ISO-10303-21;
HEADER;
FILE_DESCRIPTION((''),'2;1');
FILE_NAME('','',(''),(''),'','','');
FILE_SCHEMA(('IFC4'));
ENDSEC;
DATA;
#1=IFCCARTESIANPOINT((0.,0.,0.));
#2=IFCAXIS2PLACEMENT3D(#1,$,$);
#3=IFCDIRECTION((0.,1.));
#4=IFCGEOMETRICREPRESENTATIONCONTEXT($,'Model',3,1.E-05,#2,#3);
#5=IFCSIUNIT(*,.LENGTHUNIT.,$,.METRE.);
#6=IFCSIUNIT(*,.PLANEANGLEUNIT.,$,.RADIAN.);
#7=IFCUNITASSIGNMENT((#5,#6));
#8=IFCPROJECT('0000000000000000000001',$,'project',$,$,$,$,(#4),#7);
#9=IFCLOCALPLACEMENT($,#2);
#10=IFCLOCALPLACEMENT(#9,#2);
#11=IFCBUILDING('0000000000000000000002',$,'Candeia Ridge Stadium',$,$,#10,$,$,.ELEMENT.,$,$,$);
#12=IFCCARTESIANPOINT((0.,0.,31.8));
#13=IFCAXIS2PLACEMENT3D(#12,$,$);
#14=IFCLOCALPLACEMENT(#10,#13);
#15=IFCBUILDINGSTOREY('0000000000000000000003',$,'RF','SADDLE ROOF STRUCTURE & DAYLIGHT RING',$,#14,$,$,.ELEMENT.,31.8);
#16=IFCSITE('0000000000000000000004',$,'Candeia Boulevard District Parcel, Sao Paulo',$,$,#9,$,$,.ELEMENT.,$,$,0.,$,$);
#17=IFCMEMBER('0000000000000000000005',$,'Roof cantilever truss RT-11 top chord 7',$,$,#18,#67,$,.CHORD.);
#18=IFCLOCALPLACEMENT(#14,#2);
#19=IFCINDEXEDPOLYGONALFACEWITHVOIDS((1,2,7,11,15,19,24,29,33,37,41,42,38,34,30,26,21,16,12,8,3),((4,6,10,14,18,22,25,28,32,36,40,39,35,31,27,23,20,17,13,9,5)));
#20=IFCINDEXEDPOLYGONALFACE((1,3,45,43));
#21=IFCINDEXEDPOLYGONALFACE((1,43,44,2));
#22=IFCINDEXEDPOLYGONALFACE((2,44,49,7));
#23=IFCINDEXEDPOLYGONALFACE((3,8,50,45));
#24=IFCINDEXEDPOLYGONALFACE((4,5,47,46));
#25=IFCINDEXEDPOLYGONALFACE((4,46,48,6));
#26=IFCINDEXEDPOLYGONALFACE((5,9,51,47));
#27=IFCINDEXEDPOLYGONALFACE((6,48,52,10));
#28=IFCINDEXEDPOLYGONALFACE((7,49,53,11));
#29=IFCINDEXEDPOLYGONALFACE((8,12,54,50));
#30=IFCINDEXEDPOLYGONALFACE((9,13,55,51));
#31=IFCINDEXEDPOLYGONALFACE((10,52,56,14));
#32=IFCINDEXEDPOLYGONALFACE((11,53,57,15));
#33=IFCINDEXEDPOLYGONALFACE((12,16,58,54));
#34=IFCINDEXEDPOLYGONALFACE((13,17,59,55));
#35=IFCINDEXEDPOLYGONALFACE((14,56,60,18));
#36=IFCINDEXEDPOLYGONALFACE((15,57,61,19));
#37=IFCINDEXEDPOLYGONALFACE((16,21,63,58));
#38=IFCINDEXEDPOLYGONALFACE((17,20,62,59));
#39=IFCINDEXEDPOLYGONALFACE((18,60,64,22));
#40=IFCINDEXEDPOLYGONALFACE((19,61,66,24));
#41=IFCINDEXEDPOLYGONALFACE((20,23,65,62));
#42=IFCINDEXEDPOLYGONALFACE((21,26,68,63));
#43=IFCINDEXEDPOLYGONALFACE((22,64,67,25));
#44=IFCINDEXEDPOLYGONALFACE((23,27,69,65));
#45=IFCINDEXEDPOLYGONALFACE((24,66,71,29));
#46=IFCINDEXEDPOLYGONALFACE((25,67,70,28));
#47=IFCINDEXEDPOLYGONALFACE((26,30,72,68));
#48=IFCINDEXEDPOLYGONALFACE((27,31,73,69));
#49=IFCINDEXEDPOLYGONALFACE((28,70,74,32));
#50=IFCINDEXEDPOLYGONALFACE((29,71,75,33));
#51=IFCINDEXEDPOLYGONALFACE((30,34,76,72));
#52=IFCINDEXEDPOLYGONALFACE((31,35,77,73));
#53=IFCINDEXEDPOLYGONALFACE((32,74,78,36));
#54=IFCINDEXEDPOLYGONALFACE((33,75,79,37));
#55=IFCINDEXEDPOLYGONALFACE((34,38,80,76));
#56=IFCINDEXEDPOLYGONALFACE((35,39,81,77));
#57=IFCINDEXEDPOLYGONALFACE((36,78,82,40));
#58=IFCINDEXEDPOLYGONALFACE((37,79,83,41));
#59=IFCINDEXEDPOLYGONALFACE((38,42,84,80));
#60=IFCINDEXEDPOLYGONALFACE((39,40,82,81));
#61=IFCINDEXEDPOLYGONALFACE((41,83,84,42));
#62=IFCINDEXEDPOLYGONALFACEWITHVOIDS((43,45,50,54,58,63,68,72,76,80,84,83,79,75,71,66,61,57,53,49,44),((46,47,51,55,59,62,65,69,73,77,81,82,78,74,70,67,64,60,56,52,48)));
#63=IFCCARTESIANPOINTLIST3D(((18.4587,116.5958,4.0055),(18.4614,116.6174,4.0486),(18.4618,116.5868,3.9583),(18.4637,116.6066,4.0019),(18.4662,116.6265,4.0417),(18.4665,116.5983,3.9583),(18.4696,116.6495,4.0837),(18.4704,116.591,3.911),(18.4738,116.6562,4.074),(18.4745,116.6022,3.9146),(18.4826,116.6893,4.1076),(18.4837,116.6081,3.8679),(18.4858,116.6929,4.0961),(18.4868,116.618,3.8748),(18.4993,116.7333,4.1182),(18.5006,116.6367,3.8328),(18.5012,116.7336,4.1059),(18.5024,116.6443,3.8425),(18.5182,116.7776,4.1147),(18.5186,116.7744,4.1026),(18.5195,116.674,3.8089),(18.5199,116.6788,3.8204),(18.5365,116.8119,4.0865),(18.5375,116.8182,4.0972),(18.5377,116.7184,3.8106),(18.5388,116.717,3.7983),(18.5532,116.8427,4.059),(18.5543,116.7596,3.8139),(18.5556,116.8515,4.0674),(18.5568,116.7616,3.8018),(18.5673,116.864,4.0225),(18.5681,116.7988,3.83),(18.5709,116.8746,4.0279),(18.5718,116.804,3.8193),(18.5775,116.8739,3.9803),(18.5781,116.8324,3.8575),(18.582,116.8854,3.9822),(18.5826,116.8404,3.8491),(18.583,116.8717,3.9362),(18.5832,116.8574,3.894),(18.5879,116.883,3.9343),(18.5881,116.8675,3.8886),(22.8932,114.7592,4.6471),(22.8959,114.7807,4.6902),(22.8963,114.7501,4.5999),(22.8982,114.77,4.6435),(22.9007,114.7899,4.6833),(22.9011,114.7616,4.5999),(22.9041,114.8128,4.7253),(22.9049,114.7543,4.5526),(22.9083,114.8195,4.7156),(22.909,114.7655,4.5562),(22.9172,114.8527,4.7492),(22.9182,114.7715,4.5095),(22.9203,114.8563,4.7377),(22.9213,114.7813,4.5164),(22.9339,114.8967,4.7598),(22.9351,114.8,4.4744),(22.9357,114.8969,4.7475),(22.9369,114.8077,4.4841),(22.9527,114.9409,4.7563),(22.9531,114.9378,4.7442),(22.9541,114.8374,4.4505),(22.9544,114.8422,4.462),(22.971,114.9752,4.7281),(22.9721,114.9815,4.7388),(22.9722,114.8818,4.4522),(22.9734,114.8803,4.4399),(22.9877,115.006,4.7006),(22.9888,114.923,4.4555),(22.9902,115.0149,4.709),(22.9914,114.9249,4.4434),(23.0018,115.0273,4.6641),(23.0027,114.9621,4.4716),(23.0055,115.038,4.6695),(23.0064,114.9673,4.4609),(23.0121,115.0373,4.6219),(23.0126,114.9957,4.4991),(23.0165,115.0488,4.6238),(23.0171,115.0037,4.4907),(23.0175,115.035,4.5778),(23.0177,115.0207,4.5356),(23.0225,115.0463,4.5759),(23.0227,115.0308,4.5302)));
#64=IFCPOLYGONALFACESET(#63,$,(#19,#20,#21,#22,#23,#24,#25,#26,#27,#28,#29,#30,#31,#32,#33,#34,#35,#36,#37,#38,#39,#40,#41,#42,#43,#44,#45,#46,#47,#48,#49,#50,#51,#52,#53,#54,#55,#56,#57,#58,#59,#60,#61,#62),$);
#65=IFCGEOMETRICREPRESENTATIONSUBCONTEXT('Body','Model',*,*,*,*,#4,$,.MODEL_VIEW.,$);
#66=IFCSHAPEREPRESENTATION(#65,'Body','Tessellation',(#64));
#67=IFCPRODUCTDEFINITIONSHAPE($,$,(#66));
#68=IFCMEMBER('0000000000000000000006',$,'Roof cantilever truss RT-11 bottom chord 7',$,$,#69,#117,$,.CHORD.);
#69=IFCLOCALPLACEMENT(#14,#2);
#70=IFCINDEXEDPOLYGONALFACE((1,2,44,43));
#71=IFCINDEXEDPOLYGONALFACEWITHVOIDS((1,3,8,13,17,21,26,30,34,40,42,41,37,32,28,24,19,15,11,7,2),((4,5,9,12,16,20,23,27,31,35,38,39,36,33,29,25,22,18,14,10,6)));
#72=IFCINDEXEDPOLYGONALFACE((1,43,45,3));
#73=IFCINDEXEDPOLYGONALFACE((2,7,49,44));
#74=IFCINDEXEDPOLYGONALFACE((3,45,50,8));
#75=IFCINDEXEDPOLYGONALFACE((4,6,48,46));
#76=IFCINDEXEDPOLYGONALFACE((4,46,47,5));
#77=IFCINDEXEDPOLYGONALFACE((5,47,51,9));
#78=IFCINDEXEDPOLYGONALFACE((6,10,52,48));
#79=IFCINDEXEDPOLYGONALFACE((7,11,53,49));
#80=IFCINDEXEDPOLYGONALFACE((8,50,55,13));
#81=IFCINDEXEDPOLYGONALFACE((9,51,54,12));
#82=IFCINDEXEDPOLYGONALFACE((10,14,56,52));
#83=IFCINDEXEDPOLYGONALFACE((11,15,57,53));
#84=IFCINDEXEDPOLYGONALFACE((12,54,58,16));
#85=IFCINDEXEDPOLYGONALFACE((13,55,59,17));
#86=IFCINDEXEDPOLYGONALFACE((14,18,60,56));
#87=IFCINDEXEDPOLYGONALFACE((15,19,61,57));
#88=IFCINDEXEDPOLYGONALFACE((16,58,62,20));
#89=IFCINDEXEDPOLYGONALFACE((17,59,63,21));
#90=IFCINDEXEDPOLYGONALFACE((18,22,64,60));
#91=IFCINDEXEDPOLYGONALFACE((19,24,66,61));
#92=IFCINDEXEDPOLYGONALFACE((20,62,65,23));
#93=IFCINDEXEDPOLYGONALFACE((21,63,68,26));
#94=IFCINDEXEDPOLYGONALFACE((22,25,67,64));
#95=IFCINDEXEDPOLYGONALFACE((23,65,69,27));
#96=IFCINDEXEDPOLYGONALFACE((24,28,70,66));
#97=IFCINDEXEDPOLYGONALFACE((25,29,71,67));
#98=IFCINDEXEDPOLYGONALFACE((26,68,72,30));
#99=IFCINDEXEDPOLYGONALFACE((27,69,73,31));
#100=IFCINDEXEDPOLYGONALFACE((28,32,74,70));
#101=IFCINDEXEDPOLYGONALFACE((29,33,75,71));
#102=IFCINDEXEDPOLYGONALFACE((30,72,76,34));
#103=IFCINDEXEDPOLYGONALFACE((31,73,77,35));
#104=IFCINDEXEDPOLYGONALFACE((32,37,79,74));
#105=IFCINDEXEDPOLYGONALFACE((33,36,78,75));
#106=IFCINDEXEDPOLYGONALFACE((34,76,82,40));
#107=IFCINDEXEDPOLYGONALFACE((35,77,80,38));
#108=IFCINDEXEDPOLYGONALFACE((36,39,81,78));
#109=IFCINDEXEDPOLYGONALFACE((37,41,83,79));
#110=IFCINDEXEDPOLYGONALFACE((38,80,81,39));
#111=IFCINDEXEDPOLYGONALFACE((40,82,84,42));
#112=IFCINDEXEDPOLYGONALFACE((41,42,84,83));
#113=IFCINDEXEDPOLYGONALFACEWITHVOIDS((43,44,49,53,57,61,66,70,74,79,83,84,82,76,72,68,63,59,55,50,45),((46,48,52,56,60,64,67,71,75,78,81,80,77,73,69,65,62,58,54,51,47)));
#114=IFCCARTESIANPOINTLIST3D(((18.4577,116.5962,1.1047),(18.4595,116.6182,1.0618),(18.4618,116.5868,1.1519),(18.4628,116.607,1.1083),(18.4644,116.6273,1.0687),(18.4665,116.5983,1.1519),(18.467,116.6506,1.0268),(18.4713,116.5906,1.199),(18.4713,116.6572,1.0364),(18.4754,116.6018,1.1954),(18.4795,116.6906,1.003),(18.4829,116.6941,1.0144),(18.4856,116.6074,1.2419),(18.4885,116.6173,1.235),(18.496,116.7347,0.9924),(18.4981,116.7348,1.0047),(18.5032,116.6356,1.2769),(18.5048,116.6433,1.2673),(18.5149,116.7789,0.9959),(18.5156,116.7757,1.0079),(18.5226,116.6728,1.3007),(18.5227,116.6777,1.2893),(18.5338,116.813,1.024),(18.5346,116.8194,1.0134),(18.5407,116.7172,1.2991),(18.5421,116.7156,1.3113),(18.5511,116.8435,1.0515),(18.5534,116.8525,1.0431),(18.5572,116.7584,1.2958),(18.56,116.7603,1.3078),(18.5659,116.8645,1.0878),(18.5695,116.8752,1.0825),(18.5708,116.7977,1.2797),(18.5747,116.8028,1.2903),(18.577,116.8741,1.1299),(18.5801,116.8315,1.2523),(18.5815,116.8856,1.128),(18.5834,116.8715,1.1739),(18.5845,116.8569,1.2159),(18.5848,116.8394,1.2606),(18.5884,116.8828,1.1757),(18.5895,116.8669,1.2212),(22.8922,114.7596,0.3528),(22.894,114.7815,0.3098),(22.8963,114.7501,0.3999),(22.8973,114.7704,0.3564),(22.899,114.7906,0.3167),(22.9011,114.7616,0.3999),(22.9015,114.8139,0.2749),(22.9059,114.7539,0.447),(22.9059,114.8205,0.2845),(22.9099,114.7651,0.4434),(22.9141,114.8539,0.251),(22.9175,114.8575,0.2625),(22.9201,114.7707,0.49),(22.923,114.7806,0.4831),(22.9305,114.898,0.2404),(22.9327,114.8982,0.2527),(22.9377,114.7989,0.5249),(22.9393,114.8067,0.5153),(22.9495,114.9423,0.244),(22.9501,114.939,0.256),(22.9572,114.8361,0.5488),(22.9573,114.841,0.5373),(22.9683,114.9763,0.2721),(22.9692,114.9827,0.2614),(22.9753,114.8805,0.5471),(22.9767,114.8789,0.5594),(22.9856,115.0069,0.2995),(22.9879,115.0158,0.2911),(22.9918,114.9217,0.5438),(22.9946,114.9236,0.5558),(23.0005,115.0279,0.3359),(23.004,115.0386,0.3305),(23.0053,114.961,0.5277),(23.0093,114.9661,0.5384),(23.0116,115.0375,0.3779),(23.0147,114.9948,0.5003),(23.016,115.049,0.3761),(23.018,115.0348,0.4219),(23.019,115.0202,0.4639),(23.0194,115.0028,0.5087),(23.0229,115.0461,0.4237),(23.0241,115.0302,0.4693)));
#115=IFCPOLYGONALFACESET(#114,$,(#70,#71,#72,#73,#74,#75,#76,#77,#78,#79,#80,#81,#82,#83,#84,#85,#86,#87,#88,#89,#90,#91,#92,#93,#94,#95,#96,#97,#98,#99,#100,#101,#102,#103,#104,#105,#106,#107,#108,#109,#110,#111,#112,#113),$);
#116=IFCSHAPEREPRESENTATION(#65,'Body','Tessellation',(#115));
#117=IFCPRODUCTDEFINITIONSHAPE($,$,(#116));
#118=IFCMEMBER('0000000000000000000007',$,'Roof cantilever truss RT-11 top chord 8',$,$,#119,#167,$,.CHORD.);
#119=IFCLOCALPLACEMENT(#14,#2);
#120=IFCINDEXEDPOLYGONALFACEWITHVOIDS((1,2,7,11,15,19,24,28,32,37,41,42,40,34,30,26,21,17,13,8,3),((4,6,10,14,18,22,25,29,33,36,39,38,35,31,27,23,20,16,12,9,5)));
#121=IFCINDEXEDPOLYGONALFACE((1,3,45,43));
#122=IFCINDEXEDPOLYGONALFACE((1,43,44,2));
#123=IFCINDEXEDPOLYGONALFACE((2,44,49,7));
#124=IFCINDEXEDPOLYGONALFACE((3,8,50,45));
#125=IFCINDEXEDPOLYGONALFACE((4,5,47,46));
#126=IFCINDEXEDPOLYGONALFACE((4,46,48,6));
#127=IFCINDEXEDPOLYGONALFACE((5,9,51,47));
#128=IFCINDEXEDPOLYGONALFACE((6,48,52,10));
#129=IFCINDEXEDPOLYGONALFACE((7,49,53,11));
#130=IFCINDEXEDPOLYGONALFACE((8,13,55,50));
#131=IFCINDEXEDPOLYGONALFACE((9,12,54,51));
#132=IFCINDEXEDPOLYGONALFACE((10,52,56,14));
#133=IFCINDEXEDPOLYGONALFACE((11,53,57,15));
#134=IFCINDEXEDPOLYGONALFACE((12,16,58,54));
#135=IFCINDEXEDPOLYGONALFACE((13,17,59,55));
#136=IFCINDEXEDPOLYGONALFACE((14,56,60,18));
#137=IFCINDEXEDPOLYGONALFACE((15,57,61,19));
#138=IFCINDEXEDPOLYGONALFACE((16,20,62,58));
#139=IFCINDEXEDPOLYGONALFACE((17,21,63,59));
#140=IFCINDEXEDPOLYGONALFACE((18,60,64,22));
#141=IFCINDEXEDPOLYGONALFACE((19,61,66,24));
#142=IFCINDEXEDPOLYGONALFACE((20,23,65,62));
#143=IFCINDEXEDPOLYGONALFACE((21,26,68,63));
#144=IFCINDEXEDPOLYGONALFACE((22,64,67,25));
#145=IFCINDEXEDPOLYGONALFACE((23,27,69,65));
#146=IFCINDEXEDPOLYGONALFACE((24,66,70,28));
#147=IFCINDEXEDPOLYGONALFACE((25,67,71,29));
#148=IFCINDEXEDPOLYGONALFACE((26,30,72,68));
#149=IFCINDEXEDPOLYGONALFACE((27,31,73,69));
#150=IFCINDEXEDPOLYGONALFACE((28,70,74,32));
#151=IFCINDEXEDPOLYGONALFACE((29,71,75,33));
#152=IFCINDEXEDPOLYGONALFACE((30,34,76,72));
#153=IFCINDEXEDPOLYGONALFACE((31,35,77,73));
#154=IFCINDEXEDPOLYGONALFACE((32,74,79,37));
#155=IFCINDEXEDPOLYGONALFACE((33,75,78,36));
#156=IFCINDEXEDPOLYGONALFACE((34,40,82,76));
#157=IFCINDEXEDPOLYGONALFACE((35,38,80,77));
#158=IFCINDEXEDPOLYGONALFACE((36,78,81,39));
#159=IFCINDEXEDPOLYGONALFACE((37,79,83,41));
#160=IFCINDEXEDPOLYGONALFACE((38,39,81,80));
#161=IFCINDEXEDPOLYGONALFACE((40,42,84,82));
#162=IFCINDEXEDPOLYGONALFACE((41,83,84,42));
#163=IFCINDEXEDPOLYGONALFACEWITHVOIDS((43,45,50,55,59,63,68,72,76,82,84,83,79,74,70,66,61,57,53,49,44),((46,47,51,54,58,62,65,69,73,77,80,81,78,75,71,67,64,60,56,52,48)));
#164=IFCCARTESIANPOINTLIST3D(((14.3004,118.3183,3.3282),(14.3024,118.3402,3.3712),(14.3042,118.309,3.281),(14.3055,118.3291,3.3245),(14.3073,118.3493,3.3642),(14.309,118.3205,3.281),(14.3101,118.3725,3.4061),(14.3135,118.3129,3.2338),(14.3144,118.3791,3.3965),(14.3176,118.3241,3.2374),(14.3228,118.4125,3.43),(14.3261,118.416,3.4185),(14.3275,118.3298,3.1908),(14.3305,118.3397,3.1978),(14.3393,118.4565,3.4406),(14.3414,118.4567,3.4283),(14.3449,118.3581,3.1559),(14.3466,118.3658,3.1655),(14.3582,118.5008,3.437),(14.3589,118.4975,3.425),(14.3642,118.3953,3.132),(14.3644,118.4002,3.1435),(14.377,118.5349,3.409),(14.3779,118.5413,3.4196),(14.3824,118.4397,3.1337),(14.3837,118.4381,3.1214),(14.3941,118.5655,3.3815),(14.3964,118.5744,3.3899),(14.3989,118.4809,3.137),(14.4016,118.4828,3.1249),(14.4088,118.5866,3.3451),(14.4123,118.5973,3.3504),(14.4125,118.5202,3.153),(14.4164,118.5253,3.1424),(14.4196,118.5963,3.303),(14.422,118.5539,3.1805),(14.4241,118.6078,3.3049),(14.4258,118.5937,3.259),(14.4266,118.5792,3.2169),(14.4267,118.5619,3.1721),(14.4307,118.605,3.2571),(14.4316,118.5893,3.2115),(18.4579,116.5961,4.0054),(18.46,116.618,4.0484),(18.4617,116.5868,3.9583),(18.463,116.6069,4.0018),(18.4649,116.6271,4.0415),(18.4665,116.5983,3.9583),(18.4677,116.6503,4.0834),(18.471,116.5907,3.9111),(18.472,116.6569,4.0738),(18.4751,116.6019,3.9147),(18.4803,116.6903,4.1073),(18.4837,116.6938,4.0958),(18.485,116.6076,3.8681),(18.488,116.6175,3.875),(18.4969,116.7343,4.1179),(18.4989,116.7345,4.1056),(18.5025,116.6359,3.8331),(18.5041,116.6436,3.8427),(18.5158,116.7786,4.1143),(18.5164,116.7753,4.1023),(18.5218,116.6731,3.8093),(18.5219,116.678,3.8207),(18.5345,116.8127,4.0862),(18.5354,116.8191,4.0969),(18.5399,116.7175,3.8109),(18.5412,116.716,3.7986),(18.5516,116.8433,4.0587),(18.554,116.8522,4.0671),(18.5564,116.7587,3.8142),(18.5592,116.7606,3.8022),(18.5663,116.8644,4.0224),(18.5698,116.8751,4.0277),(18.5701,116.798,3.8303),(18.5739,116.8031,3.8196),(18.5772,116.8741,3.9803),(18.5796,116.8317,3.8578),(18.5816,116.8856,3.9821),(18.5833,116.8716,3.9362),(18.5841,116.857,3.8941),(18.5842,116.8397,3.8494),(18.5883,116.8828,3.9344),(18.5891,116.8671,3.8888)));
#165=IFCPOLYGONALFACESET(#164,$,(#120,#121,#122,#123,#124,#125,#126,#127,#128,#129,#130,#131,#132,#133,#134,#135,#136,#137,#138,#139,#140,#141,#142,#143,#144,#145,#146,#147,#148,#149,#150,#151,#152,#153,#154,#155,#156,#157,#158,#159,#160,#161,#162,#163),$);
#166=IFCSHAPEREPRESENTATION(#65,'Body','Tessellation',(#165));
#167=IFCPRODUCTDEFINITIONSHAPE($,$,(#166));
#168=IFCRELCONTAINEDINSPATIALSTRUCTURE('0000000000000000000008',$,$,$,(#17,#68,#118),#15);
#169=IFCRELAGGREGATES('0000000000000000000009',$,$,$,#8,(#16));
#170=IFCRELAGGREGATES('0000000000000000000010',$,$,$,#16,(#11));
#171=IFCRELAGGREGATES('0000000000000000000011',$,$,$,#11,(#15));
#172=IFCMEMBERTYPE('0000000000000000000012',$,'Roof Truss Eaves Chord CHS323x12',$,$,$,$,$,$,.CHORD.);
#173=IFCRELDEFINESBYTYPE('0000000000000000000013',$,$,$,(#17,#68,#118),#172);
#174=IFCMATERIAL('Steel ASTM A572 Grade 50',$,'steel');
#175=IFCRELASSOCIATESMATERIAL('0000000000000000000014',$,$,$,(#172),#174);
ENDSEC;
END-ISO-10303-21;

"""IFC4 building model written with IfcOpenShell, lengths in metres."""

from ifc_helpers import new_model, si_unit, direction, frame, origin, origin_2d, place, context, subcontext, project, spatial, hollow_circle, extrude, material, material_profile, profile_set, type_object, element, save


model = new_model("IFC4")

# Units and contexts
model_context = context("Model", 3, precision=1e-05, world=origin(), true_north=direction((0.0, 1.0)))
body_context = subcontext(model_context, "Body", "Model", "MODEL_VIEW")
ifc_project = project(units=[si_unit("LENGTHUNIT", "METRE"), si_unit("PLANEANGLEUNIT", "RADIAN")], contexts=[model_context])

# Site, building, storey
site_placement = place(None, origin())
site = spatial("IfcSite", under=ifc_project, at=site_placement, Name="Candeia Boulevard District Parcel, Sao Paulo", CompositionType="ELEMENT", RefElevation=0.0)
building_placement = place(site_placement, origin())
building = spatial("IfcBuilding", under=site, at=building_placement, Name="Candeia Ridge Stadium", CompositionType="ELEMENT")
storey_placement = place(building_placement, frame((0.0, 0.0, 31.8)))
storey = spatial("IfcBuildingStorey", under=building, at=storey_placement, Name="RF", Description="SADDLE ROOF STRUCTURE & DAYLIGHT RING", CompositionType="ELEMENT", Elevation=31.8)

# Shared definitions
ifc_material_1 = material(Name="Steel ASTM A572 Grade 50", Category="steel")

# Members
ifc_material_profile_1 = material_profile(ifc_material_1, hollow_circle(Radius=0.1619, WallThickness=0.0125, at=origin_2d()), Name="CHS323x12", Category="steel")
ifc_profile_set_1 = profile_set([ifc_material_profile_1], Name="Steel ASTM A572 Grade 50")
member_type_1 = type_object("IfcMemberType", Name="Roof Truss Eaves Chord CHS323x12", PredefinedType="CHORD", material=ifc_profile_set_1)
member_1_placement = place(storey_placement, frame((22.9583, 114.8997, 4.5999), z_axis=(-0.915748, 0.379276, -0.132492), x_axis=(-0.38265, -0.923893, 0.0)))
element("IfcMember", 1, at=member_1_placement, inside=storey, type_object=member_type_1, Name="Roof cantilever truss RT-11 top chord 7", PredefinedType="CHORD", context=body_context, shape_type="SweptSolid", body=[
    extrude(hollow_circle(Radius=0.1619, WallThickness=0.0125, at=origin_2d()), origin(), (0.0, 0.0, 1.0), 4.8425),
])
member_2_placement = place(storey_placement, frame((22.9583, 114.8997, 0.3999), z_axis=(-0.912761, 0.378039, 0.154773), x_axis=(-0.38265, -0.923893, 0.0)))
element("IfcMember", 2, at=member_2_placement, inside=storey, type_object=member_type_1, Name="Roof cantilever truss RT-11 bottom chord 7", PredefinedType="CHORD", context=body_context, shape_type="SweptSolid", body=[
    extrude(hollow_circle(Radius=0.1619, WallThickness=0.0125, at=origin_2d()), origin(), (0.0, 0.0, 1.0), 4.8584),
])
member_3_placement = place(storey_placement, frame((18.5237, 116.7363, 3.9583), z_axis=(-0.913584, 0.378438, -0.148822), x_axis=(-0.3827, -0.923873, 0.0)))
element("IfcMember", 3, at=member_3_placement, inside=storey, type_object=member_type_1, Name="Roof cantilever truss RT-11 top chord 8", PredefinedType="CHORD", context=body_context, shape_type="SweptSolid", body=[
    extrude(hollow_circle(Radius=0.1619, WallThickness=0.0125, at=origin_2d()), origin(), (0.0, 0.0, 1.0), 4.5508),
])

save(model, "model.ifc")
